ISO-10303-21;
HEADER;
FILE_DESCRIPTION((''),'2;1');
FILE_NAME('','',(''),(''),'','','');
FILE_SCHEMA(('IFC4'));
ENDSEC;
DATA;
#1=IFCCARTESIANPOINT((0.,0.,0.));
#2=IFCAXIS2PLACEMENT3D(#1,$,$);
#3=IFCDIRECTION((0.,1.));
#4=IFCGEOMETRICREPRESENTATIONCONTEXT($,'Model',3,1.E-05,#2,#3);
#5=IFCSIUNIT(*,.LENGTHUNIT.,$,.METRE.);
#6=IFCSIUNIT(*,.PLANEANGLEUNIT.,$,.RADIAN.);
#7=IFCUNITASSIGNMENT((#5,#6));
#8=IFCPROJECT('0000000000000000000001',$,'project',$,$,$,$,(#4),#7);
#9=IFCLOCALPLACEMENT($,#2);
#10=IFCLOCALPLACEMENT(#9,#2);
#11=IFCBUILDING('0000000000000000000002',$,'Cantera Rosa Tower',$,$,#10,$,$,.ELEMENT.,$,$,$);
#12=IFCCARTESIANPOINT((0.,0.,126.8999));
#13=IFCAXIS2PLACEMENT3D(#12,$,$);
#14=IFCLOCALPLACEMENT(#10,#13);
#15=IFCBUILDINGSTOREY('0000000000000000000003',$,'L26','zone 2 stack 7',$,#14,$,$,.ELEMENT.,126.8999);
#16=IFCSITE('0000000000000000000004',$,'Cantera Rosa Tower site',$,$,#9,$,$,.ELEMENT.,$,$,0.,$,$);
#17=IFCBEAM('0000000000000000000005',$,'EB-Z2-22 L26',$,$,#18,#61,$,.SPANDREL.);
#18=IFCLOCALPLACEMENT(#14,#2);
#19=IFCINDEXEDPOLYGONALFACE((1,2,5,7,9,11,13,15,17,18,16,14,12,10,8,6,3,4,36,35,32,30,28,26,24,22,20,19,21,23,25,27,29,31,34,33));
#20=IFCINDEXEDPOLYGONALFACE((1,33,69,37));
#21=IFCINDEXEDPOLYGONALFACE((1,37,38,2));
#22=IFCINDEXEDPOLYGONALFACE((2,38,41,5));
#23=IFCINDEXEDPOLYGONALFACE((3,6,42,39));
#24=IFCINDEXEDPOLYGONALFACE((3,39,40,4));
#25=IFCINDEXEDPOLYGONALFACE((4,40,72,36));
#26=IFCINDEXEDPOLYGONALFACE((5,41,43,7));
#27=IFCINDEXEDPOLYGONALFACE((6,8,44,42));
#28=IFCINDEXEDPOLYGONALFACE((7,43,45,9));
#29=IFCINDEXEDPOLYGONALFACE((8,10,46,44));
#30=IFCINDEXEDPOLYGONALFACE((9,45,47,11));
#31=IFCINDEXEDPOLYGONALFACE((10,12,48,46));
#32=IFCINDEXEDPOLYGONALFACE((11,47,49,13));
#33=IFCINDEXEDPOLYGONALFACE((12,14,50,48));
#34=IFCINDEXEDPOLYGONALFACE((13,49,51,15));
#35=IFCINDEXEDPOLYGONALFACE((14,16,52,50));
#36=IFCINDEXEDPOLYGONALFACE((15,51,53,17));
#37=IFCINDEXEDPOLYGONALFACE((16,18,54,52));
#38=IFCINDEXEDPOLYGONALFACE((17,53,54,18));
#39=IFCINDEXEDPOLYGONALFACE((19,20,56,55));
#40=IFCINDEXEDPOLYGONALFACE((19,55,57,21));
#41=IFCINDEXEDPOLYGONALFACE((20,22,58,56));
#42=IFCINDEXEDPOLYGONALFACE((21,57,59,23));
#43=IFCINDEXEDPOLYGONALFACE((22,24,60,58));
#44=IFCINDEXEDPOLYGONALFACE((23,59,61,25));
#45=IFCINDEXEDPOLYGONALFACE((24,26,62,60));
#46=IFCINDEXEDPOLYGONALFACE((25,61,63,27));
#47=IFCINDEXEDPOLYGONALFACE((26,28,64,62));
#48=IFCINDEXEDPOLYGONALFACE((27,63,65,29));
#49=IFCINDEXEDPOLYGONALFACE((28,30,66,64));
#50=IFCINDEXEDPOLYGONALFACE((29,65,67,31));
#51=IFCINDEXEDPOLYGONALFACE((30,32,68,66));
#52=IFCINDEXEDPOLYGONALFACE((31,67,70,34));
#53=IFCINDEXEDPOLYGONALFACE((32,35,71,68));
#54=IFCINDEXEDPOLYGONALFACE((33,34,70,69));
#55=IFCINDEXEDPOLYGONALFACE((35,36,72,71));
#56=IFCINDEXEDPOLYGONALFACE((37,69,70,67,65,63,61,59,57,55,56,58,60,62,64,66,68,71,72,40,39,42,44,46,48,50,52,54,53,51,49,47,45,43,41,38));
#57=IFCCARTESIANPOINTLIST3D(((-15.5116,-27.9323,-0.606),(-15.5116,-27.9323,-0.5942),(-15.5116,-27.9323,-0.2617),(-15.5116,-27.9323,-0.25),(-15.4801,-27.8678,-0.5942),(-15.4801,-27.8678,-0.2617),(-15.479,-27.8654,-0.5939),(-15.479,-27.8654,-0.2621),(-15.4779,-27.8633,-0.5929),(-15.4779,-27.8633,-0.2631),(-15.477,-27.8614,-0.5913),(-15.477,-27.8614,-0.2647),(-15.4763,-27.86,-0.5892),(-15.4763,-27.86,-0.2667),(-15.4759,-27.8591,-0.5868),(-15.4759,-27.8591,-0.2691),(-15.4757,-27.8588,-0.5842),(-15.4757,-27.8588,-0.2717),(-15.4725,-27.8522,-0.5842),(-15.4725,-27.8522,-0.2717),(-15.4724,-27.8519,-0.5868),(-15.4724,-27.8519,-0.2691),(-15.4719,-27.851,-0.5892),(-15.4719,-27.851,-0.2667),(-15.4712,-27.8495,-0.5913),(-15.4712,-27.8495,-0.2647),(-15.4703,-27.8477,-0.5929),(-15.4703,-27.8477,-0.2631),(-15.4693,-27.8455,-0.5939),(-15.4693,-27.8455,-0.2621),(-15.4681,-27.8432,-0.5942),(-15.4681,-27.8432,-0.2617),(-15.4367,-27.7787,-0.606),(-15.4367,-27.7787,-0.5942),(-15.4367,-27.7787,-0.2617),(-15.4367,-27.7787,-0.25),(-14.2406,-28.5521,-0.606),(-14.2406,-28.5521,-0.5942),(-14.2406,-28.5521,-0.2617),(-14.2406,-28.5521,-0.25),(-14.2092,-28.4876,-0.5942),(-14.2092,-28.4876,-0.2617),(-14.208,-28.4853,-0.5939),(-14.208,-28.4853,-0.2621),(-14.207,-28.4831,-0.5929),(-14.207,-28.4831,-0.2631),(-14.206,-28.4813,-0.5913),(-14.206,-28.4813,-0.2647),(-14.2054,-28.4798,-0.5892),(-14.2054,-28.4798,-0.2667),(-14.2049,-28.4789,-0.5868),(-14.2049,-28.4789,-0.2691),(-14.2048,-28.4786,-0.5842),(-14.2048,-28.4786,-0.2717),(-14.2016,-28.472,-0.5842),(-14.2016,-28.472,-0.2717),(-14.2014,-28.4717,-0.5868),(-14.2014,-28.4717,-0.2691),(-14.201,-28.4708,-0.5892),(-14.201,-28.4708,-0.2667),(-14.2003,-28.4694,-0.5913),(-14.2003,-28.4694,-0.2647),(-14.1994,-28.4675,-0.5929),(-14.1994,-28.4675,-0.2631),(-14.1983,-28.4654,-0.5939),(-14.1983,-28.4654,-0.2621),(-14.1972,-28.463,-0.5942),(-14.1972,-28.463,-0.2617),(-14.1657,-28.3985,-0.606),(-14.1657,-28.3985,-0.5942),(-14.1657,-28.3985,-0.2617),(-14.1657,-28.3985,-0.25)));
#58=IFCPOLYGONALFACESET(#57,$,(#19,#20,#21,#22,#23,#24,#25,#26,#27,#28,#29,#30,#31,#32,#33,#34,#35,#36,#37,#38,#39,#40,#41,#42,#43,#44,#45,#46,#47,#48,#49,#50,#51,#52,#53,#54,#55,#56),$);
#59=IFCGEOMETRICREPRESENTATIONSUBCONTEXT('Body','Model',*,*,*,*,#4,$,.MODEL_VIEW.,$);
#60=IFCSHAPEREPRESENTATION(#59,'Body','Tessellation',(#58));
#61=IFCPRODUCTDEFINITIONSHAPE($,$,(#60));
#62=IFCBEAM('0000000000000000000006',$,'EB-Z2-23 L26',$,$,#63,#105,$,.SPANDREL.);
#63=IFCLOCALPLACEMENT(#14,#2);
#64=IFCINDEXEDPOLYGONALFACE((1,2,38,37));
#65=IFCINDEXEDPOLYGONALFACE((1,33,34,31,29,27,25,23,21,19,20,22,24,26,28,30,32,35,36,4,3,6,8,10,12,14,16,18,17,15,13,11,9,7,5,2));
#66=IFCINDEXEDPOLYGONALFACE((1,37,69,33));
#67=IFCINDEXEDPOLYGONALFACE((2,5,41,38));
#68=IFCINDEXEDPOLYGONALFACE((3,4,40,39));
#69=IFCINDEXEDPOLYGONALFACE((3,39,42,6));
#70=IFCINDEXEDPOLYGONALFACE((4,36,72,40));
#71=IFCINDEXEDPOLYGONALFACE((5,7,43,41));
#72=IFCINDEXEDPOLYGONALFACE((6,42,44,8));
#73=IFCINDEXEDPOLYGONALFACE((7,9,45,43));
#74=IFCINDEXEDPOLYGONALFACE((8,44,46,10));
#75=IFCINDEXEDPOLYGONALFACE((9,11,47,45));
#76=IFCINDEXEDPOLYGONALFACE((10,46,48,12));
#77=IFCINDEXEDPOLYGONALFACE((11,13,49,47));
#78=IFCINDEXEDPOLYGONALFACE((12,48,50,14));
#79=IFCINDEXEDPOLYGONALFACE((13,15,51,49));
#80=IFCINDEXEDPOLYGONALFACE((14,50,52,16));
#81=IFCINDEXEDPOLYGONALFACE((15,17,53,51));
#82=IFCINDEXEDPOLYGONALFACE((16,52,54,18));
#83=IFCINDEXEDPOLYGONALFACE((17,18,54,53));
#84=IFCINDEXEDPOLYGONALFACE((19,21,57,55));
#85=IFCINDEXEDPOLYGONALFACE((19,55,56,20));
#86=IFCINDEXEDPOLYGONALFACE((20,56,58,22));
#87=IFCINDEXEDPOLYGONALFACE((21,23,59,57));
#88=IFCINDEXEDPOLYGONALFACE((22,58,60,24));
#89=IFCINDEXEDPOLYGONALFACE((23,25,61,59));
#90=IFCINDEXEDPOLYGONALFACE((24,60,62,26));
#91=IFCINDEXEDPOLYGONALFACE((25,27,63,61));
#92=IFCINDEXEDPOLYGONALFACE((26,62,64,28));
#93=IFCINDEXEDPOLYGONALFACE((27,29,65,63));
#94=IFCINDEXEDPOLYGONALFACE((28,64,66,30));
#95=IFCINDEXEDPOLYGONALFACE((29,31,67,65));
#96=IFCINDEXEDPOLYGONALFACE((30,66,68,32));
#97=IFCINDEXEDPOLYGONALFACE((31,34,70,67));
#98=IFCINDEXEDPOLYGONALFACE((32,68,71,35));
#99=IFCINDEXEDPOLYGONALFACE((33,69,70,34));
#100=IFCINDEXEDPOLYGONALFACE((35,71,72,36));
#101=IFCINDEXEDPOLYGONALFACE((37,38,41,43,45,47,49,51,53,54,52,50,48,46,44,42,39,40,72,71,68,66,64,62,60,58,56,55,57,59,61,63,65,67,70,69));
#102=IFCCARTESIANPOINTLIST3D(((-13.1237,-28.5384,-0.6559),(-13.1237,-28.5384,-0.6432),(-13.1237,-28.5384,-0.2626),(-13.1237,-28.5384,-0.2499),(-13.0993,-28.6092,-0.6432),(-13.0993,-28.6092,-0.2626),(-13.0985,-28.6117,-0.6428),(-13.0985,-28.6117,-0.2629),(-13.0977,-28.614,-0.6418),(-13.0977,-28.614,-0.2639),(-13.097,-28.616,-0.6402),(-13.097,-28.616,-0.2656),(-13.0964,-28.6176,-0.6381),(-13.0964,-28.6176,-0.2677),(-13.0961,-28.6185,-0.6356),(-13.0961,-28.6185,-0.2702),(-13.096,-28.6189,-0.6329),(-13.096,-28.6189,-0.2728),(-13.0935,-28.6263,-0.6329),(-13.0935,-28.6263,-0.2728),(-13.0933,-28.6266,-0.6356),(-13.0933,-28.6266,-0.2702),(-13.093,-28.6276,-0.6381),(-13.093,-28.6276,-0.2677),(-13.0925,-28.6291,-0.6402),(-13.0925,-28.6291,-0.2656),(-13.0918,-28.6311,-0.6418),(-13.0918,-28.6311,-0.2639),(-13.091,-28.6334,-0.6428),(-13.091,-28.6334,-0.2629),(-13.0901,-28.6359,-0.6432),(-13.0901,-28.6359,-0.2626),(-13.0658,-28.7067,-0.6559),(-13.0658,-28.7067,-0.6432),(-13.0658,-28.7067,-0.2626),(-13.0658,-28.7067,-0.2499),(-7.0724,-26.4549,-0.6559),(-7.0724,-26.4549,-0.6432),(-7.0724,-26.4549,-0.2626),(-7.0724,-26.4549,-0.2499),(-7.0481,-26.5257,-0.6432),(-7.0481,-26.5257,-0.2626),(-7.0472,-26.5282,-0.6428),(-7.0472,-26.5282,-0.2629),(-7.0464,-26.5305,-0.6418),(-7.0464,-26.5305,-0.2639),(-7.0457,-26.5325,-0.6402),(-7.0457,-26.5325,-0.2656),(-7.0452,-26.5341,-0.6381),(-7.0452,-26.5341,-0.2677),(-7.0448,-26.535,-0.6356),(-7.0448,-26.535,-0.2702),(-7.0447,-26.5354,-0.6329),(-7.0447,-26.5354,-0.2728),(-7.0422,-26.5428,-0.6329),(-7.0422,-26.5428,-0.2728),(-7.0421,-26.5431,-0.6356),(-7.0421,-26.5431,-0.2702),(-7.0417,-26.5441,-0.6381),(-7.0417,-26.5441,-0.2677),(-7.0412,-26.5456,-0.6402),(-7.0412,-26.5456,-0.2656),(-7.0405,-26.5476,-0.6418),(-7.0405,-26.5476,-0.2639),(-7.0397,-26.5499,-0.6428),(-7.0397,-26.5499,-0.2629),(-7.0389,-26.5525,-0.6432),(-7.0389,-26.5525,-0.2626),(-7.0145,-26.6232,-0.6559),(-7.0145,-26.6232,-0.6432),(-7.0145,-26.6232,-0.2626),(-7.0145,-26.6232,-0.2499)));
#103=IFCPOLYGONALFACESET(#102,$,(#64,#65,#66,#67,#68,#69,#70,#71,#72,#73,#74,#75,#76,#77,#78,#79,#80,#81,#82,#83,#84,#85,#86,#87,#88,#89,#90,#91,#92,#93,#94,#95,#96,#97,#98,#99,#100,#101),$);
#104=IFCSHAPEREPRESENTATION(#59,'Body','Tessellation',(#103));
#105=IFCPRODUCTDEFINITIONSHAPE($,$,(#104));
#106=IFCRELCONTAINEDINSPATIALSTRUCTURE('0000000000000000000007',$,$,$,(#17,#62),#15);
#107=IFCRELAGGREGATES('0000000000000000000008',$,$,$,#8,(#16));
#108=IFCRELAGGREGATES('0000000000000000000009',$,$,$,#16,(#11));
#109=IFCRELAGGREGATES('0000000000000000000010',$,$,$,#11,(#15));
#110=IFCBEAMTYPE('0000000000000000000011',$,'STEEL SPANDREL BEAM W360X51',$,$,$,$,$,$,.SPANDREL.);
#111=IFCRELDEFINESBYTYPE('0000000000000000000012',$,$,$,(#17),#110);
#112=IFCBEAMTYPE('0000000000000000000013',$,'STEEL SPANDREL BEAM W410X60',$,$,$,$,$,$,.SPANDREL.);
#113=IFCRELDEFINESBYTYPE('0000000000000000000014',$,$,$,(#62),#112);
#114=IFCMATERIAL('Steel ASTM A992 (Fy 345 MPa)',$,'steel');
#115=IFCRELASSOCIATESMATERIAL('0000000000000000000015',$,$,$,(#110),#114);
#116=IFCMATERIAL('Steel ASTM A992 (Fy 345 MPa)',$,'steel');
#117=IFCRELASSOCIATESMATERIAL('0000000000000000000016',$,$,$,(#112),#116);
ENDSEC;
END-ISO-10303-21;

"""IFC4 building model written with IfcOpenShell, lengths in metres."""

from ifc_helpers import new_model, si_unit, direction, frame, origin, origin_2d, place, context, subcontext, project, spatial, i_section, extrude, material, material_profile, profile_set, type_object, element, save


model = new_model("IFC4")

# Units and contexts
model_context = context("Model", 3, precision=1e-05, world=origin(), true_north=direction((0.0, 1.0)))
body_context = subcontext(model_context, "Body", "Model", "MODEL_VIEW")
ifc_project = project(units=[si_unit("LENGTHUNIT", "METRE"), si_unit("PLANEANGLEUNIT", "RADIAN")], contexts=[model_context])

# Site, building, storey
site_placement = place(None, origin())
site = spatial("IfcSite", under=ifc_project, at=site_placement, Name="Cantera Rosa Tower site", CompositionType="ELEMENT", RefElevation=0.0)
building_placement = place(site_placement, origin())
building = spatial("IfcBuilding", under=site, at=building_placement, Name="Cantera Rosa Tower", CompositionType="ELEMENT")
storey_placement = place(building_placement, frame((0.0, 0.0, 126.8999)))
storey = spatial("IfcBuildingStorey", under=building, at=storey_placement, Name="L26", Description="zone 2 stack 7", CompositionType="ELEMENT", Elevation=126.8999)

# Beams
ifc_material_1 = material(Name="Steel ASTM A992 (Fy 345 MPa)", Category="steel")
ifc_material_profile_1 = material_profile(ifc_material_1, i_section(OverallWidth=0.1709, OverallDepth=0.356, WebThickness=0.0073, FlangeThickness=0.0117, FilletRadius=0.01, at=origin_2d()), Name="W360X51")
ifc_profile_set_1 = profile_set([ifc_material_profile_1], Name="Steel ASTM A992 (Fy 345 MPa)")
beam_type_1 = type_object("IfcBeamType", Name="STEEL SPANDREL BEAM W360X51", PredefinedType="SPANDREL", material=ifc_profile_set_1)
beam_1_placement = place(storey_placement, frame((-15.4741, -27.8555, -0.428), z_axis=(0.898803, -0.438352, 0.0), x_axis=(0.438352, 0.898803, 0.0)))
element("IfcBeam", 1, at=beam_1_placement, inside=storey, type_object=beam_type_1, Name="EB-Z2-22 L26", PredefinedType="SPANDREL", context=body_context, shape_type="SweptSolid", body=[
    extrude(i_section(OverallWidth=0.1709, OverallDepth=0.356, WebThickness=0.0073, FlangeThickness=0.0117, FilletRadius=0.01, at=origin_2d()), origin(), (0.0, 0.0, 1.0), 1.4141),
])
ifc_material_2 = material(Name="Steel ASTM A992 (Fy 345 MPa)", Category="steel")
ifc_material_profile_2 = material_profile(ifc_material_2, i_section(OverallWidth=0.178, OverallDepth=0.406, WebThickness=0.0078, FlangeThickness=0.0127, FilletRadius=0.0103, at=origin_2d()), Name="W410X60")
ifc_profile_set_2 = profile_set([ifc_material_profile_2], Name="Steel ASTM A992 (Fy 345 MPa)")
beam_type_2 = type_object("IfcBeamType", Name="STEEL SPANDREL BEAM W410X60", PredefinedType="SPANDREL", material=ifc_profile_set_2)
beam_2_placement = place(storey_placement, frame((-13.0947, -28.6226, -0.4529), z_axis=(0.945524, 0.325551, 0.0), x_axis=(-0.325551, 0.945524, 0.0)))
element("IfcBeam", 2, at=beam_2_placement, inside=storey, type_object=beam_type_2, Name="EB-Z2-23 L26", PredefinedType="SPANDREL", context=body_context, shape_type="SweptSolid", body=[
    extrude(i_section(OverallWidth=0.178, OverallDepth=0.406, WebThickness=0.0078, FlangeThickness=0.0127, FilletRadius=0.0103, at=origin_2d()), origin(), (0.0, 0.0, 1.0), 6.3999),
])

save(model, "model.ifc")
